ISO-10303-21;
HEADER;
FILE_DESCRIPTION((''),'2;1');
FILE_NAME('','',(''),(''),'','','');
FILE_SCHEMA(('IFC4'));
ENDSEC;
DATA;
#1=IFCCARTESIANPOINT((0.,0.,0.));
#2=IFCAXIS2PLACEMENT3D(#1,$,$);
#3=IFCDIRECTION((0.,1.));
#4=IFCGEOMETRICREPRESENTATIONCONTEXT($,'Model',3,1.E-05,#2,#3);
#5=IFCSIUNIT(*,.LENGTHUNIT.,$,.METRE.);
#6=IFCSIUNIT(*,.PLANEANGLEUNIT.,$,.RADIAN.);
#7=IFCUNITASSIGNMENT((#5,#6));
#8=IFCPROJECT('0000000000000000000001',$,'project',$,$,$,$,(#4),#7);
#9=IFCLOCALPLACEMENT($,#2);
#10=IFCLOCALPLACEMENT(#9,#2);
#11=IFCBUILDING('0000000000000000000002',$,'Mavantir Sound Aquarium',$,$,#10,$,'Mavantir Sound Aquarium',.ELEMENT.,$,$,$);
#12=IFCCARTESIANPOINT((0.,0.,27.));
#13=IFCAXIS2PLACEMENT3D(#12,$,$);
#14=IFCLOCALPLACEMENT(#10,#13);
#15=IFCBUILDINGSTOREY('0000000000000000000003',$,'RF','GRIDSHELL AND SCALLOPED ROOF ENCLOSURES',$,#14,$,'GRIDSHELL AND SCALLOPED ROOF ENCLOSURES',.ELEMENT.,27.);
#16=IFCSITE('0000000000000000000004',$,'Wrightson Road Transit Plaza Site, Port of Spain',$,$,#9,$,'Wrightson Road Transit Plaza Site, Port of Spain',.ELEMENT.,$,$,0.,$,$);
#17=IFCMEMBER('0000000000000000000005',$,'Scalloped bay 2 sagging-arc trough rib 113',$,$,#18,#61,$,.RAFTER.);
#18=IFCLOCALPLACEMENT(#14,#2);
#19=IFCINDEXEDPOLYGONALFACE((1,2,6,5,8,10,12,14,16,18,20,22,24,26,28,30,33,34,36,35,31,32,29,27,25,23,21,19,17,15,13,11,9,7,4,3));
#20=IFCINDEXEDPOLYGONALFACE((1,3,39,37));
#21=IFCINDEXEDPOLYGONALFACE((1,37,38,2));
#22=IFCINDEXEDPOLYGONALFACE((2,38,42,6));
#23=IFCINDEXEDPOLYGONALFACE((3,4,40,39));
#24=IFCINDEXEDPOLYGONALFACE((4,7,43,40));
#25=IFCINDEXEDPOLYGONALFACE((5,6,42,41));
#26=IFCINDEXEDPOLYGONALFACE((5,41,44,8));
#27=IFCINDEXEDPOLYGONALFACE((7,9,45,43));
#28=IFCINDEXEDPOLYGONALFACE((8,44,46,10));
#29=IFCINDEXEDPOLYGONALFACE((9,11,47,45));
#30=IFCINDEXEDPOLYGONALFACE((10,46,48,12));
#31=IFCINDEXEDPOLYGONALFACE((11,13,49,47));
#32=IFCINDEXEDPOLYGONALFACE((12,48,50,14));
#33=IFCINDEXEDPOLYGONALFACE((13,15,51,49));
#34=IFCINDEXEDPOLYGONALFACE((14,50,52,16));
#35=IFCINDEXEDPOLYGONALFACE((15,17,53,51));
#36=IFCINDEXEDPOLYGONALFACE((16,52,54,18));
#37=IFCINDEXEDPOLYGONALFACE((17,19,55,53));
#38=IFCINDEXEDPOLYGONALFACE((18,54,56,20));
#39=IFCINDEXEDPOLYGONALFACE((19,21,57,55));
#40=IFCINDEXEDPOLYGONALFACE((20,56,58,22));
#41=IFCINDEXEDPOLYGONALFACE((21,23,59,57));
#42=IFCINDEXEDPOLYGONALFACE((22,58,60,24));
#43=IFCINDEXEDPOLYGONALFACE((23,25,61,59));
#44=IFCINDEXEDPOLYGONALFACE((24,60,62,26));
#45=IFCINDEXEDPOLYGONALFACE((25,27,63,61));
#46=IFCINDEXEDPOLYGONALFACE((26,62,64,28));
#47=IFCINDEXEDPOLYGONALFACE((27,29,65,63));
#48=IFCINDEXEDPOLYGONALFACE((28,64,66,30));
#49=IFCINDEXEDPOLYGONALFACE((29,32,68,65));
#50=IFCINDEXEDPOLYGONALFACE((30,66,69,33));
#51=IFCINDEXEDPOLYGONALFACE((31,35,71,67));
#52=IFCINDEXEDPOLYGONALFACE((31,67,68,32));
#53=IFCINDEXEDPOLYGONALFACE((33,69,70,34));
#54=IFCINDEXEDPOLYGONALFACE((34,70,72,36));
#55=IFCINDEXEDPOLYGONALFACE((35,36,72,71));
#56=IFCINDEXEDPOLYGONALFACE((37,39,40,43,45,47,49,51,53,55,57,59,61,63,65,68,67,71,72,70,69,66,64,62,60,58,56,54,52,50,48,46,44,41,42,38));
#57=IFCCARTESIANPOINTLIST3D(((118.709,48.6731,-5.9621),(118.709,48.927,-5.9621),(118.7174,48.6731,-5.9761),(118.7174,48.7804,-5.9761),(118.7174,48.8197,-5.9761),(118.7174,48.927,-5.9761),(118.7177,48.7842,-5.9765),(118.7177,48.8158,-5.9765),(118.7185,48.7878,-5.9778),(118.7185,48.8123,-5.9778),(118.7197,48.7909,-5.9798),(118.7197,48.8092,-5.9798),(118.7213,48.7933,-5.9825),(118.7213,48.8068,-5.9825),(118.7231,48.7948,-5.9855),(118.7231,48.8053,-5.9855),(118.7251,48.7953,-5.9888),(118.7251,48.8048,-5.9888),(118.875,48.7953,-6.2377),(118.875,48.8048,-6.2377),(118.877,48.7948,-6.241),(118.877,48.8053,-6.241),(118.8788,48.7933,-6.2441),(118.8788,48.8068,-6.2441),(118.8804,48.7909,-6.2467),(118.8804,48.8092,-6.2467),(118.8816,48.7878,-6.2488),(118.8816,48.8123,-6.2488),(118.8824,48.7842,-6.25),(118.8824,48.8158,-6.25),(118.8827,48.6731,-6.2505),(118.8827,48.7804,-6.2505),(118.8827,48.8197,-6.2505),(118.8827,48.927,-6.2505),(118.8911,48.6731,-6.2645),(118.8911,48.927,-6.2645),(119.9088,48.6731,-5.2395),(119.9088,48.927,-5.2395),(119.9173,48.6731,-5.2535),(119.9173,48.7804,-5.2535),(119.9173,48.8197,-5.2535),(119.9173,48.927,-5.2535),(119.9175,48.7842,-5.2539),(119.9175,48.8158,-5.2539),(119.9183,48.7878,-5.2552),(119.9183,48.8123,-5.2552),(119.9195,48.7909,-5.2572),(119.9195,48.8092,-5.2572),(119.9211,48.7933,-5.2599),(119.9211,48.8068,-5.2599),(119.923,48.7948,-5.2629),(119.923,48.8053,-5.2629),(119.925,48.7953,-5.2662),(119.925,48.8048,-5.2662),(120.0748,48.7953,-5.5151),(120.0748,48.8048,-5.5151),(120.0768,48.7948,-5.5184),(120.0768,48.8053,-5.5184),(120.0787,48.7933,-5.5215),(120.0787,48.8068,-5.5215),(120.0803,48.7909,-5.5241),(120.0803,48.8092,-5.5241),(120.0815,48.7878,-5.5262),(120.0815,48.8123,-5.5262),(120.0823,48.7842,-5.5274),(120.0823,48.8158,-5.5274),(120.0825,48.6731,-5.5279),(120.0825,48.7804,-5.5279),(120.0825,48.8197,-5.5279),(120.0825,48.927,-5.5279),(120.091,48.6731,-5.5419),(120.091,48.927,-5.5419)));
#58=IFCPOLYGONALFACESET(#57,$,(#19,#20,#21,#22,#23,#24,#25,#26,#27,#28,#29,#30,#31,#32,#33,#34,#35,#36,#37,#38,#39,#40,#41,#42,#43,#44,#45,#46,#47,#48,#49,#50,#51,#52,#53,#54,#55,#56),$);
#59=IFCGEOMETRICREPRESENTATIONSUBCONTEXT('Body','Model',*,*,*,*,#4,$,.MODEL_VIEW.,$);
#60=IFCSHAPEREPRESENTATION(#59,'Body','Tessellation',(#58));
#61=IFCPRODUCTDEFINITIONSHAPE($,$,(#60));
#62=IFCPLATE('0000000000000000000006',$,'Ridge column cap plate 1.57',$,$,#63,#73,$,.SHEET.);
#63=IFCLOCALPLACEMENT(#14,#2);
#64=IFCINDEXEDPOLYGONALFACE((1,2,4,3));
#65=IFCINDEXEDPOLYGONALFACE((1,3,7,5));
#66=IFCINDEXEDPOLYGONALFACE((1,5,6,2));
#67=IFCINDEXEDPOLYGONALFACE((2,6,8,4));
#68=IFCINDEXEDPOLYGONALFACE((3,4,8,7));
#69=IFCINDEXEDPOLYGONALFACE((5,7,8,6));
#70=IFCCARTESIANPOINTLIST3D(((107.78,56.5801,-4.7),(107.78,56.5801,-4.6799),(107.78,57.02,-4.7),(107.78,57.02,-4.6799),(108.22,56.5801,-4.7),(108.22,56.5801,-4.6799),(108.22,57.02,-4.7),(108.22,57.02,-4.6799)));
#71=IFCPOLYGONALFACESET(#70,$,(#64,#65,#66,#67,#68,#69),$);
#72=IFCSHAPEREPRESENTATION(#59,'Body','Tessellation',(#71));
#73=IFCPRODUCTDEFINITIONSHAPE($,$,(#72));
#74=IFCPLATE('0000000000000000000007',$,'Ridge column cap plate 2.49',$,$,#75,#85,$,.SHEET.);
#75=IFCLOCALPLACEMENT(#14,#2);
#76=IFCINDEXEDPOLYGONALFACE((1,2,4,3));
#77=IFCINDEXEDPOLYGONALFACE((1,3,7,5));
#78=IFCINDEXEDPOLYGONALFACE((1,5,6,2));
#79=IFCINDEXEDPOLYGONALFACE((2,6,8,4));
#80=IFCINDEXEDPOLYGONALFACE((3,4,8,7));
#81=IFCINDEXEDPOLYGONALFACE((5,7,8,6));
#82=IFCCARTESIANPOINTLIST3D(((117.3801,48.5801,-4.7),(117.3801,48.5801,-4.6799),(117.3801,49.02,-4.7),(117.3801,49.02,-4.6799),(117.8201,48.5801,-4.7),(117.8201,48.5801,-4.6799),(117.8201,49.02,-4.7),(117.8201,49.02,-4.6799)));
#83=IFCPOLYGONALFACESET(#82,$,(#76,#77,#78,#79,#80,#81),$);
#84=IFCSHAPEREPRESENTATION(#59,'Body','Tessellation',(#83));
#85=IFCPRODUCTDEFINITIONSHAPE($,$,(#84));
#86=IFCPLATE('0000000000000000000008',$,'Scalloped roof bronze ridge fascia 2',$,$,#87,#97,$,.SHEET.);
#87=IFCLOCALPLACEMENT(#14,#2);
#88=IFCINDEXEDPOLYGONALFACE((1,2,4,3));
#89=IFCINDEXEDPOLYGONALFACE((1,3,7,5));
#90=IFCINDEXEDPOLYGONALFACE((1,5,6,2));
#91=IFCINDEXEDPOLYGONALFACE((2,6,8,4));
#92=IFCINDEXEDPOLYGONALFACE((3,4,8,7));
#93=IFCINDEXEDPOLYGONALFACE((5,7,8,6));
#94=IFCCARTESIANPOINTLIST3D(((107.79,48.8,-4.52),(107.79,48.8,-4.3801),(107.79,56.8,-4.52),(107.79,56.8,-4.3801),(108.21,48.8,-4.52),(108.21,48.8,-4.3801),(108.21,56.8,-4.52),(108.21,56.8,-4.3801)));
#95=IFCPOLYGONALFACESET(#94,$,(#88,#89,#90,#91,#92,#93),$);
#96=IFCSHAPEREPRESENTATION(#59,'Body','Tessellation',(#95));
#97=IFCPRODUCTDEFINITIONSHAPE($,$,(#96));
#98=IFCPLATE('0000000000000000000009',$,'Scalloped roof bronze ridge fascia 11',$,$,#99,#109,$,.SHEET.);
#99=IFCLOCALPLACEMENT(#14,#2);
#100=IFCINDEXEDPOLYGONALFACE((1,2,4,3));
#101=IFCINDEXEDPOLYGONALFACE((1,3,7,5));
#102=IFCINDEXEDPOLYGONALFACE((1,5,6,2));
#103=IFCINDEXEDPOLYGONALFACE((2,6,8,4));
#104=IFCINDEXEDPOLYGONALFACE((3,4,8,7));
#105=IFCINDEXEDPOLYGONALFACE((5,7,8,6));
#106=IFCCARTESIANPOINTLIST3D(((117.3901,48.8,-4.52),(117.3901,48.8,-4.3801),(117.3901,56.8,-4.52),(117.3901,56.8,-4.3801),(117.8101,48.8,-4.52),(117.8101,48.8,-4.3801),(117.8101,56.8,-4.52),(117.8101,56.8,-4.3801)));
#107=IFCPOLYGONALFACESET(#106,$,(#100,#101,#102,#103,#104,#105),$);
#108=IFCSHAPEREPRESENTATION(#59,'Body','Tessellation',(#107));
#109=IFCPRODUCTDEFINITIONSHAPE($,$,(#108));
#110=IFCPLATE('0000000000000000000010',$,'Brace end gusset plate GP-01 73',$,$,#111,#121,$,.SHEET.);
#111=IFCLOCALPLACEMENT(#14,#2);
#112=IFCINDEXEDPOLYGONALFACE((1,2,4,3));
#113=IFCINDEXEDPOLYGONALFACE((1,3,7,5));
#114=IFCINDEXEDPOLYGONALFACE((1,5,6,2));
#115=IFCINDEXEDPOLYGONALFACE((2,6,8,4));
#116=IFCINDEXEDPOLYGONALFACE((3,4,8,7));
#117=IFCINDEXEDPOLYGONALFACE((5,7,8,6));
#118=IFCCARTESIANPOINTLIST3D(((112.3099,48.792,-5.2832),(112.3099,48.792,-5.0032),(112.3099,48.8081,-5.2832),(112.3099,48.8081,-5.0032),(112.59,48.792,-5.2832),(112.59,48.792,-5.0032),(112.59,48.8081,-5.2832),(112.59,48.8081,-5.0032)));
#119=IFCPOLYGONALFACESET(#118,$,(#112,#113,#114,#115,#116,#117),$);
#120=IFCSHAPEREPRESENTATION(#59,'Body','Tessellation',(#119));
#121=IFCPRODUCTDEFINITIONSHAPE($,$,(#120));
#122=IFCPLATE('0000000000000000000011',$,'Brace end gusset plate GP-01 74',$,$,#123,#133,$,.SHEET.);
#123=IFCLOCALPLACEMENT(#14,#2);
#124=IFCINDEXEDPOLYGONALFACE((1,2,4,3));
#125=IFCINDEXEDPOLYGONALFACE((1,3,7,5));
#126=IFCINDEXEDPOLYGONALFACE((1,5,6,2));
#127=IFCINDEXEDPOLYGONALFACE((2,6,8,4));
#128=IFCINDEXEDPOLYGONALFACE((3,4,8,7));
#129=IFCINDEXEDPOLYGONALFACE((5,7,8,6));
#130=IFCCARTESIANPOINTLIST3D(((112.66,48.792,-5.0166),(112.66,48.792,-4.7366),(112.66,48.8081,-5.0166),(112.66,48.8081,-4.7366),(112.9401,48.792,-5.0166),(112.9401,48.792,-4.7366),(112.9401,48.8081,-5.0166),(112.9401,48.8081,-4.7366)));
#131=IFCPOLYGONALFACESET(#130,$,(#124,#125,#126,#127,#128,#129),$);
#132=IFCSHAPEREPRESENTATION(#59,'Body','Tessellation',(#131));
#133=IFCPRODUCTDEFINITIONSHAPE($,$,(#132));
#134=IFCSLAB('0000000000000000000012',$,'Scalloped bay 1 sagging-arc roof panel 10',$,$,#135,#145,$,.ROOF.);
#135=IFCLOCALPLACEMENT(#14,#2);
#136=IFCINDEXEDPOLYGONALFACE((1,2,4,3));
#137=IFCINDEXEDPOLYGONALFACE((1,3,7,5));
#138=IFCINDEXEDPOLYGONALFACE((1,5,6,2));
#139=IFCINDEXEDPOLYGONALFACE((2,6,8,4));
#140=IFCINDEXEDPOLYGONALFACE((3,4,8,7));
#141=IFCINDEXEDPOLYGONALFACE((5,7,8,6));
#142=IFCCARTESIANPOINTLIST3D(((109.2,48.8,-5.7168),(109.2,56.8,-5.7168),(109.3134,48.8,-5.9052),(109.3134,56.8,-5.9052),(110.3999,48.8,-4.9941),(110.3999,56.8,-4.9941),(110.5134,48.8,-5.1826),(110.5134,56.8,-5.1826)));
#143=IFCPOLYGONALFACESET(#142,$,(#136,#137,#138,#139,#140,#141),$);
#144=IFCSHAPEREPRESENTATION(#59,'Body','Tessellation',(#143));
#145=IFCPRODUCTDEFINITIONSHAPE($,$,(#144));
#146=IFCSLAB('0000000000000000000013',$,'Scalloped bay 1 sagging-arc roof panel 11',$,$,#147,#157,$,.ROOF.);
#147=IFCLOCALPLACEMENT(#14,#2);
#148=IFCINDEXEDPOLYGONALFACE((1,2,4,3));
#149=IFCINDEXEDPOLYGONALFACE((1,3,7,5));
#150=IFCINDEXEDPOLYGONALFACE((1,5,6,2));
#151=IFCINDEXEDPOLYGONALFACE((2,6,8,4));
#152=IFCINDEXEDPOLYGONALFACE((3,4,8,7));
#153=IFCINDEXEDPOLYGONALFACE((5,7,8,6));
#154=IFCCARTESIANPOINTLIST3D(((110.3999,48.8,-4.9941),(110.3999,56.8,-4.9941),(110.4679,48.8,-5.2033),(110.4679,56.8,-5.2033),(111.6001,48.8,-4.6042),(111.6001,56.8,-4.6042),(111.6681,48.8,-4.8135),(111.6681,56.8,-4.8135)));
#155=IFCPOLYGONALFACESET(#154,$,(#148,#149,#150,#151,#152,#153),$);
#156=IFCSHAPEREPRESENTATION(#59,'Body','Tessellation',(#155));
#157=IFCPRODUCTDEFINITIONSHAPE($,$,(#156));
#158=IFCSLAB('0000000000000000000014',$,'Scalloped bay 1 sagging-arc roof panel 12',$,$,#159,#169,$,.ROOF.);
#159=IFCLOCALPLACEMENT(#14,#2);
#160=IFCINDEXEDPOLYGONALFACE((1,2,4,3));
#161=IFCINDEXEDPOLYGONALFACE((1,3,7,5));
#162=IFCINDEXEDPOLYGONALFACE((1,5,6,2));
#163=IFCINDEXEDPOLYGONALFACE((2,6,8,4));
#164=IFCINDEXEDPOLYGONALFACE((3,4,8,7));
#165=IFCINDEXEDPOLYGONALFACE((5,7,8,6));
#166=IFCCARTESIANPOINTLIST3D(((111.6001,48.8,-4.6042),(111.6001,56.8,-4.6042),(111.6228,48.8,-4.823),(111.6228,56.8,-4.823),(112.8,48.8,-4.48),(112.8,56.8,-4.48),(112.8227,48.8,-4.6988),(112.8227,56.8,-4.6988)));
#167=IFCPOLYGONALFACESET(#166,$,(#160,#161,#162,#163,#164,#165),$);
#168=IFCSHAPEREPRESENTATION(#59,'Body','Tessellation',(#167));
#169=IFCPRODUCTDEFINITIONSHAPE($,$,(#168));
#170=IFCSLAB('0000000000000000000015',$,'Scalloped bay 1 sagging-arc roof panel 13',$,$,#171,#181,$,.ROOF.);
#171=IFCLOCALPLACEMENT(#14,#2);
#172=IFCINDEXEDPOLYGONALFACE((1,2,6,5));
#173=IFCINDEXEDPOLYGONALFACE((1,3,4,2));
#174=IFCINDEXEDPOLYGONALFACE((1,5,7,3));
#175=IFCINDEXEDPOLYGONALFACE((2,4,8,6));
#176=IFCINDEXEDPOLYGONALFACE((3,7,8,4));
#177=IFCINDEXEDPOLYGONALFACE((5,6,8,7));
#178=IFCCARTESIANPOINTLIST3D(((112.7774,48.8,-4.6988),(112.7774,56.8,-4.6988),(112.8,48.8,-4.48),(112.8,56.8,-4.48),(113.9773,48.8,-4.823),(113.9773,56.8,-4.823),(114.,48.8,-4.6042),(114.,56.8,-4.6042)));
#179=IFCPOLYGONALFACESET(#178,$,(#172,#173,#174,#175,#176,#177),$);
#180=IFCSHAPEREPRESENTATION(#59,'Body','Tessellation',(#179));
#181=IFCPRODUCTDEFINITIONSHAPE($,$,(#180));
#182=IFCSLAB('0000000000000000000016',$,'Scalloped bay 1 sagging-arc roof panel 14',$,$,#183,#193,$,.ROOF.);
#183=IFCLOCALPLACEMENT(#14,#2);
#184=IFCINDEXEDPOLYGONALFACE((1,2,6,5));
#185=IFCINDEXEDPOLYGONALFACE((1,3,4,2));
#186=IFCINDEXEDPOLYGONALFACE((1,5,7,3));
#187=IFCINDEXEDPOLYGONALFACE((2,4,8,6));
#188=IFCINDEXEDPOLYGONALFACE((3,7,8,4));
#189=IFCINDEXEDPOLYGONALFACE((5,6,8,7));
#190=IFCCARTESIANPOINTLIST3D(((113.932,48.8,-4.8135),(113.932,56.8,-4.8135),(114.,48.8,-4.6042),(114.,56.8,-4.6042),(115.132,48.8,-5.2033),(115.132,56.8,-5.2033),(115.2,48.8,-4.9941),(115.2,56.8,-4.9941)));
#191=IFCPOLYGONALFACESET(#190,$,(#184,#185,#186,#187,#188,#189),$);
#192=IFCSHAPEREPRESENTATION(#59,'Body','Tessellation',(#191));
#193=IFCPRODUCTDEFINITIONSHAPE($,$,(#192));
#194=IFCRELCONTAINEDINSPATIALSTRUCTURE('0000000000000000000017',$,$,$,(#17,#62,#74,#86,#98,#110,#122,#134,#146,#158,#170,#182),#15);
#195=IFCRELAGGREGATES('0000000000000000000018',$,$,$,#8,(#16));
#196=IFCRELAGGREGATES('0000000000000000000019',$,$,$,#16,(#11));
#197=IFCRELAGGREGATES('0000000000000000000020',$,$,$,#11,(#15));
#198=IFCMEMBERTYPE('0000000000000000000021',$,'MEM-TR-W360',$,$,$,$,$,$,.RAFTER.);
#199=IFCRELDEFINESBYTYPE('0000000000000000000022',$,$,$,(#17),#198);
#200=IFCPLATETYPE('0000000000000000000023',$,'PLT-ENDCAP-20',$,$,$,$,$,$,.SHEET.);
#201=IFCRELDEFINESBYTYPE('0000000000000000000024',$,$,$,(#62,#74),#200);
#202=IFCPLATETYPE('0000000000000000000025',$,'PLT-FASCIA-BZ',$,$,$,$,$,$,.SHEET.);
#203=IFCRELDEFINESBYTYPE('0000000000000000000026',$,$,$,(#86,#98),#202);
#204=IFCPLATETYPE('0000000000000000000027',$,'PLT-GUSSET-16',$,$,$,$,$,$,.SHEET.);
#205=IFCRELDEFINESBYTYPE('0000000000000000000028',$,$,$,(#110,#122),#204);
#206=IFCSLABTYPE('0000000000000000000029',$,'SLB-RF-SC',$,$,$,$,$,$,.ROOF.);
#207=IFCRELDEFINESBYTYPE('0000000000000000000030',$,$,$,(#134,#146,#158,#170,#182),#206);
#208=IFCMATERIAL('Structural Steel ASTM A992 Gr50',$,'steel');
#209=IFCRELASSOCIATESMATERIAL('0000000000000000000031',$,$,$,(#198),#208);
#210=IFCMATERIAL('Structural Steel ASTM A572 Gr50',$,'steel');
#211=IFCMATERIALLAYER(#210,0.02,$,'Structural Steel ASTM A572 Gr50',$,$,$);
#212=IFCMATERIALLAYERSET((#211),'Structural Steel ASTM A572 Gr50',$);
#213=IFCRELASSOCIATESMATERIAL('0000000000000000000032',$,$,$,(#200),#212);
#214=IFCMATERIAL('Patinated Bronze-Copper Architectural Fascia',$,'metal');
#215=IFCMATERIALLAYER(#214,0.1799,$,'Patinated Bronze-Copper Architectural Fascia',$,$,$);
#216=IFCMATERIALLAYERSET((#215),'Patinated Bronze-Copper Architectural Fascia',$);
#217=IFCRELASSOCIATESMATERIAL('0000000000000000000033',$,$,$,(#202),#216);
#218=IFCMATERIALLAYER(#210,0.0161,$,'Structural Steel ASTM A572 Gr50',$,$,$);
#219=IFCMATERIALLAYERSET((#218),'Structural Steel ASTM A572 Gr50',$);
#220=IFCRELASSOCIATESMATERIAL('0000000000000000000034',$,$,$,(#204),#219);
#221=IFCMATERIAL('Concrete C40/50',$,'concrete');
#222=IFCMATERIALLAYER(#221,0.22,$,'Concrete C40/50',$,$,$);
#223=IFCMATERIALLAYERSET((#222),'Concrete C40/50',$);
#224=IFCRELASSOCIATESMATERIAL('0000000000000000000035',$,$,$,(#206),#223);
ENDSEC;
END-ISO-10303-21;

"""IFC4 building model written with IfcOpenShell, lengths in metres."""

from ifc_helpers import new_model, si_unit, direction, frame, origin, origin_2d, place, context, subcontext, project, spatial, polyline, rectangle, i_section, outline, extrude, material, layer, layer_set, material_profile, profile_set, type_object, element, save


model = new_model("IFC4")

# Units and contexts
model_context = context("Model", 3, precision=1e-05, world=origin(), true_north=direction((0.0, 1.0)))
body_context = subcontext(model_context, "Body", "Model", "MODEL_VIEW")
ifc_project = project(units=[si_unit("LENGTHUNIT", "METRE"), si_unit("PLANEANGLEUNIT", "RADIAN")], contexts=[model_context])

# Site, building, storey
site_placement = place(None, origin())
site = spatial("IfcSite", under=ifc_project, at=site_placement, Name="Wrightson Road Transit Plaza Site, Port of Spain", LongName="Wrightson Road Transit Plaza Site, Port of Spain", CompositionType="ELEMENT", RefElevation=0.0)
building_placement = place(site_placement, origin())
building = spatial("IfcBuilding", under=site, at=building_placement, Name="Mavantir Sound Aquarium", LongName="Mavantir Sound Aquarium", CompositionType="ELEMENT")
storey_placement = place(building_placement, frame((0.0, 0.0, 27.0)))
storey = spatial("IfcBuildingStorey", under=building, at=storey_placement, Name="RF", Description="GRIDSHELL AND SCALLOPED ROOF ENCLOSURES", LongName="GRIDSHELL AND SCALLOPED ROOF ENCLOSURES", CompositionType="ELEMENT", Elevation=27.0)

# Shared definitions
ifc_material_1 = material(Name="Concrete C40/50", Category="concrete")

# Shared definitions
ifc_material_2 = material(Name="Structural Steel ASTM A992 Gr50", Category="steel")

# Member
ifc_material_profile_1 = material_profile(ifc_material_2, i_section(OverallWidth=0.2539, OverallDepth=0.353, WebThickness=0.0095, FlangeThickness=0.0164, FilletRadius=0.0149, at=origin_2d()), Name="W360X91")
ifc_profile_set_1 = profile_set([ifc_material_profile_1], Name="Structural Steel ASTM A992 Gr50")
member_type_1 = type_object("IfcMemberType", Name="MEM-TR-W360", PredefinedType="RAFTER", material=ifc_profile_set_1)
member_1_placement = place(storey_placement, frame((118.8, 48.8, -6.1133), z_axis=(0.856646, 0.0, 0.515905), x_axis=(0.0, 1.0, 0.0)))
element("IfcMember", 1, at=member_1_placement, inside=storey, type_object=member_type_1, Name="Scalloped bay 2 sagging-arc trough rib 113", PredefinedType="RAFTER", context=body_context, shape_type="SweptSolid", body=[
    extrude(i_section(OverallWidth=0.2539, OverallDepth=0.353, WebThickness=0.0095, FlangeThickness=0.0164, FilletRadius=0.0149, at=origin_2d()), origin(), (0.0, 0.0, 1.0), 1.4006),
])

# Plates
ifc_material_3 = material(Name="Structural Steel ASTM A572 Gr50", Category="steel")
ifc_layer_1 = layer(ifc_material_3, 0.02, Name="Structural Steel ASTM A572 Gr50")
ifc_layer_set_1 = layer_set([ifc_layer_1], Name="Structural Steel ASTM A572 Gr50")
plate_type_1 = type_object("IfcPlateType", Name="PLT-ENDCAP-20", PredefinedType="SHEET", material=ifc_layer_set_1)
for number, where, z_axis, x_axis, name in (
    (2, (108.0, 56.8, -4.7), (0.0, 0.0, 1.0), (1.0, 0.0, 0.0), "Ridge column cap plate 1.57"),
    (3, (117.6001, 48.8, -4.7), (0.0, 0.0, 1.0), (1.0, 0.0, 0.0), "Ridge column cap plate 2.49"),
):
    element("IfcPlate", number, at=place(storey_placement, frame(where, z_axis=z_axis, x_axis=x_axis)), inside=storey, type_object=plate_type_1, Name=name, PredefinedType="SHEET", context=body_context, shape_type="SweptSolid", body=[
        extrude(rectangle(XDim=0.4399, YDim=0.4399, at=origin_2d()), origin(), (0.0, 0.0, 1.0), 0.02),
    ])
ifc_material_4 = material(Name="Patinated Bronze-Copper Architectural Fascia", Category="metal")
ifc_layer_2 = layer(ifc_material_4, 0.1799, Name="Patinated Bronze-Copper Architectural Fascia")
ifc_layer_set_2 = layer_set([ifc_layer_2], Name="Patinated Bronze-Copper Architectural Fascia")
plate_type_2 = type_object("IfcPlateType", Name="PLT-FASCIA-BZ", PredefinedType="SHEET", material=ifc_layer_set_2)
for number, where, z_axis, x_axis, name in (
    (4, (108.0, 52.8, -4.52), (0.0, 0.0, 1.0), (1.0, 0.0, 0.0), "Scalloped roof bronze ridge fascia 2"),
    (5, (117.6001, 52.8, -4.52), (0.0, 0.0, 1.0), (1.0, 0.0, 0.0), "Scalloped roof bronze ridge fascia 11"),
):
    element("IfcPlate", number, at=place(storey_placement, frame(where, z_axis=z_axis, x_axis=x_axis)), inside=storey, type_object=plate_type_2, Name=name, PredefinedType="SHEET", context=body_context, shape_type="SweptSolid", body=[
        extrude(rectangle(XDim=0.4199, YDim=8.0, at=origin_2d()), origin(), (0.0, 0.0, 1.0), 0.1399),
    ])
ifc_layer_3 = layer(ifc_material_3, 0.0161, Name="Structural Steel ASTM A572 Gr50")
ifc_layer_set_3 = layer_set([ifc_layer_3], Name="Structural Steel ASTM A572 Gr50")
plate_type_3 = type_object("IfcPlateType", Name="PLT-GUSSET-16", PredefinedType="SHEET", material=ifc_layer_set_3)
for number, where, z_axis, x_axis, name in (
    (6, (112.45, 48.8, -5.2832), (0.0, 0.0, 1.0), (1.0, 0.0, 0.0), "Brace end gusset plate GP-01 73"),
    (7, (112.8, 48.8, -5.0166), (0.0, 0.0, 1.0), (1.0, 0.0, 0.0), "Brace end gusset plate GP-01 74"),
):
    element("IfcPlate", number, at=place(storey_placement, frame(where, z_axis=z_axis, x_axis=x_axis)), inside=storey, type_object=plate_type_3, Name=name, PredefinedType="SHEET", context=body_context, shape_type="SweptSolid", body=[
        extrude(rectangle(XDim=0.28, YDim=0.0161, at=origin_2d()), origin(), (0.0, 0.0, 1.0), 0.28),
    ])

# Slabs
ifc_layer_4 = layer(ifc_material_1, 0.22, Name="Concrete C40/50")
ifc_layer_set_4 = layer_set([ifc_layer_4], Name="Concrete C40/50")
slab_type = type_object("IfcSlabType", Name="SLB-RF-SC", PredefinedType="ROOF", material=ifc_layer_set_4)
slab_1_placement = place(storey_placement, frame((109.2, 48.8, -5.7168), z_axis=(-0.515905, 0.0, 0.856646), x_axis=(0.856646, 0.0, 0.515905)))
element("IfcSlab", 8, at=slab_1_placement, inside=storey, type_object=slab_type, Name="Scalloped bay 1 sagging-arc roof panel 10", PredefinedType="ROOF", context=body_context, shape_type="SweptSolid", body=[
    extrude(outline(polyline([(0.0, 0.0), (1.4008, 0.0), (1.4008, 8.0), (0.0, 8.0), (0.0, 0.0)])), origin(), (0.0, 0.0, -1.0), 0.22),
])
slab_2_placement = place(storey_placement, frame((110.3999, 48.8, -4.9941), z_axis=(-0.308964, 0.0, 0.951074), x_axis=(0.951074, 0.0, 0.308964)))
element("IfcSlab", 9, at=slab_2_placement, inside=storey, type_object=slab_type, Name="Scalloped bay 1 sagging-arc roof panel 11", PredefinedType="ROOF", context=body_context, shape_type="SweptSolid", body=[
    extrude(outline(polyline([(0.0, 0.0), (1.2619, 0.0), (1.2619, 8.0), (0.0, 8.0), (0.0, 0.0)])), origin(), (0.0, 0.0, -1.0), 0.22),
])
for number, where, z_axis, x_axis, name in (
    (10, (111.6001, 48.8, -4.6042), (-0.10301, 0.0, 0.99468), (0.99468, 0.0, 0.10301), "Scalloped bay 1 sagging-arc roof panel 12"),
    (11, (112.8, 48.8, -4.48), (0.10301, 0.0, 0.99468), (0.99468, 0.0, -0.10301), "Scalloped bay 1 sagging-arc roof panel 13"),
):
    element("IfcSlab", number, at=place(storey_placement, frame(where, z_axis=z_axis, x_axis=x_axis)), inside=storey, type_object=slab_type, Name=name, PredefinedType="ROOF", context=body_context, shape_type="SweptSolid", body=[
        extrude(outline(polyline([(0.0, 0.0), (1.2064, 0.0), (1.2064, 8.0), (0.0, 8.0), (0.0, 0.0)])), origin(), (0.0, 0.0, -1.0), 0.22),
    ])
slab_3_placement = place(storey_placement, frame((114.0, 48.8, -4.6042), z_axis=(0.30902, 0.0, 0.951055), x_axis=(0.951055, 0.0, -0.30902)))
element("IfcSlab", 12, at=slab_3_placement, inside=storey, type_object=slab_type, Name="Scalloped bay 1 sagging-arc roof panel 14", PredefinedType="ROOF", context=body_context, shape_type="SweptSolid", body=[
    extrude(outline(polyline([(0.0, 0.0), (1.2617, 0.0), (1.2617, 8.0), (0.0, 8.0), (0.0, 0.0)])), origin(), (0.0, 0.0, -1.0), 0.22),
])

save(model, "model.ifc")
